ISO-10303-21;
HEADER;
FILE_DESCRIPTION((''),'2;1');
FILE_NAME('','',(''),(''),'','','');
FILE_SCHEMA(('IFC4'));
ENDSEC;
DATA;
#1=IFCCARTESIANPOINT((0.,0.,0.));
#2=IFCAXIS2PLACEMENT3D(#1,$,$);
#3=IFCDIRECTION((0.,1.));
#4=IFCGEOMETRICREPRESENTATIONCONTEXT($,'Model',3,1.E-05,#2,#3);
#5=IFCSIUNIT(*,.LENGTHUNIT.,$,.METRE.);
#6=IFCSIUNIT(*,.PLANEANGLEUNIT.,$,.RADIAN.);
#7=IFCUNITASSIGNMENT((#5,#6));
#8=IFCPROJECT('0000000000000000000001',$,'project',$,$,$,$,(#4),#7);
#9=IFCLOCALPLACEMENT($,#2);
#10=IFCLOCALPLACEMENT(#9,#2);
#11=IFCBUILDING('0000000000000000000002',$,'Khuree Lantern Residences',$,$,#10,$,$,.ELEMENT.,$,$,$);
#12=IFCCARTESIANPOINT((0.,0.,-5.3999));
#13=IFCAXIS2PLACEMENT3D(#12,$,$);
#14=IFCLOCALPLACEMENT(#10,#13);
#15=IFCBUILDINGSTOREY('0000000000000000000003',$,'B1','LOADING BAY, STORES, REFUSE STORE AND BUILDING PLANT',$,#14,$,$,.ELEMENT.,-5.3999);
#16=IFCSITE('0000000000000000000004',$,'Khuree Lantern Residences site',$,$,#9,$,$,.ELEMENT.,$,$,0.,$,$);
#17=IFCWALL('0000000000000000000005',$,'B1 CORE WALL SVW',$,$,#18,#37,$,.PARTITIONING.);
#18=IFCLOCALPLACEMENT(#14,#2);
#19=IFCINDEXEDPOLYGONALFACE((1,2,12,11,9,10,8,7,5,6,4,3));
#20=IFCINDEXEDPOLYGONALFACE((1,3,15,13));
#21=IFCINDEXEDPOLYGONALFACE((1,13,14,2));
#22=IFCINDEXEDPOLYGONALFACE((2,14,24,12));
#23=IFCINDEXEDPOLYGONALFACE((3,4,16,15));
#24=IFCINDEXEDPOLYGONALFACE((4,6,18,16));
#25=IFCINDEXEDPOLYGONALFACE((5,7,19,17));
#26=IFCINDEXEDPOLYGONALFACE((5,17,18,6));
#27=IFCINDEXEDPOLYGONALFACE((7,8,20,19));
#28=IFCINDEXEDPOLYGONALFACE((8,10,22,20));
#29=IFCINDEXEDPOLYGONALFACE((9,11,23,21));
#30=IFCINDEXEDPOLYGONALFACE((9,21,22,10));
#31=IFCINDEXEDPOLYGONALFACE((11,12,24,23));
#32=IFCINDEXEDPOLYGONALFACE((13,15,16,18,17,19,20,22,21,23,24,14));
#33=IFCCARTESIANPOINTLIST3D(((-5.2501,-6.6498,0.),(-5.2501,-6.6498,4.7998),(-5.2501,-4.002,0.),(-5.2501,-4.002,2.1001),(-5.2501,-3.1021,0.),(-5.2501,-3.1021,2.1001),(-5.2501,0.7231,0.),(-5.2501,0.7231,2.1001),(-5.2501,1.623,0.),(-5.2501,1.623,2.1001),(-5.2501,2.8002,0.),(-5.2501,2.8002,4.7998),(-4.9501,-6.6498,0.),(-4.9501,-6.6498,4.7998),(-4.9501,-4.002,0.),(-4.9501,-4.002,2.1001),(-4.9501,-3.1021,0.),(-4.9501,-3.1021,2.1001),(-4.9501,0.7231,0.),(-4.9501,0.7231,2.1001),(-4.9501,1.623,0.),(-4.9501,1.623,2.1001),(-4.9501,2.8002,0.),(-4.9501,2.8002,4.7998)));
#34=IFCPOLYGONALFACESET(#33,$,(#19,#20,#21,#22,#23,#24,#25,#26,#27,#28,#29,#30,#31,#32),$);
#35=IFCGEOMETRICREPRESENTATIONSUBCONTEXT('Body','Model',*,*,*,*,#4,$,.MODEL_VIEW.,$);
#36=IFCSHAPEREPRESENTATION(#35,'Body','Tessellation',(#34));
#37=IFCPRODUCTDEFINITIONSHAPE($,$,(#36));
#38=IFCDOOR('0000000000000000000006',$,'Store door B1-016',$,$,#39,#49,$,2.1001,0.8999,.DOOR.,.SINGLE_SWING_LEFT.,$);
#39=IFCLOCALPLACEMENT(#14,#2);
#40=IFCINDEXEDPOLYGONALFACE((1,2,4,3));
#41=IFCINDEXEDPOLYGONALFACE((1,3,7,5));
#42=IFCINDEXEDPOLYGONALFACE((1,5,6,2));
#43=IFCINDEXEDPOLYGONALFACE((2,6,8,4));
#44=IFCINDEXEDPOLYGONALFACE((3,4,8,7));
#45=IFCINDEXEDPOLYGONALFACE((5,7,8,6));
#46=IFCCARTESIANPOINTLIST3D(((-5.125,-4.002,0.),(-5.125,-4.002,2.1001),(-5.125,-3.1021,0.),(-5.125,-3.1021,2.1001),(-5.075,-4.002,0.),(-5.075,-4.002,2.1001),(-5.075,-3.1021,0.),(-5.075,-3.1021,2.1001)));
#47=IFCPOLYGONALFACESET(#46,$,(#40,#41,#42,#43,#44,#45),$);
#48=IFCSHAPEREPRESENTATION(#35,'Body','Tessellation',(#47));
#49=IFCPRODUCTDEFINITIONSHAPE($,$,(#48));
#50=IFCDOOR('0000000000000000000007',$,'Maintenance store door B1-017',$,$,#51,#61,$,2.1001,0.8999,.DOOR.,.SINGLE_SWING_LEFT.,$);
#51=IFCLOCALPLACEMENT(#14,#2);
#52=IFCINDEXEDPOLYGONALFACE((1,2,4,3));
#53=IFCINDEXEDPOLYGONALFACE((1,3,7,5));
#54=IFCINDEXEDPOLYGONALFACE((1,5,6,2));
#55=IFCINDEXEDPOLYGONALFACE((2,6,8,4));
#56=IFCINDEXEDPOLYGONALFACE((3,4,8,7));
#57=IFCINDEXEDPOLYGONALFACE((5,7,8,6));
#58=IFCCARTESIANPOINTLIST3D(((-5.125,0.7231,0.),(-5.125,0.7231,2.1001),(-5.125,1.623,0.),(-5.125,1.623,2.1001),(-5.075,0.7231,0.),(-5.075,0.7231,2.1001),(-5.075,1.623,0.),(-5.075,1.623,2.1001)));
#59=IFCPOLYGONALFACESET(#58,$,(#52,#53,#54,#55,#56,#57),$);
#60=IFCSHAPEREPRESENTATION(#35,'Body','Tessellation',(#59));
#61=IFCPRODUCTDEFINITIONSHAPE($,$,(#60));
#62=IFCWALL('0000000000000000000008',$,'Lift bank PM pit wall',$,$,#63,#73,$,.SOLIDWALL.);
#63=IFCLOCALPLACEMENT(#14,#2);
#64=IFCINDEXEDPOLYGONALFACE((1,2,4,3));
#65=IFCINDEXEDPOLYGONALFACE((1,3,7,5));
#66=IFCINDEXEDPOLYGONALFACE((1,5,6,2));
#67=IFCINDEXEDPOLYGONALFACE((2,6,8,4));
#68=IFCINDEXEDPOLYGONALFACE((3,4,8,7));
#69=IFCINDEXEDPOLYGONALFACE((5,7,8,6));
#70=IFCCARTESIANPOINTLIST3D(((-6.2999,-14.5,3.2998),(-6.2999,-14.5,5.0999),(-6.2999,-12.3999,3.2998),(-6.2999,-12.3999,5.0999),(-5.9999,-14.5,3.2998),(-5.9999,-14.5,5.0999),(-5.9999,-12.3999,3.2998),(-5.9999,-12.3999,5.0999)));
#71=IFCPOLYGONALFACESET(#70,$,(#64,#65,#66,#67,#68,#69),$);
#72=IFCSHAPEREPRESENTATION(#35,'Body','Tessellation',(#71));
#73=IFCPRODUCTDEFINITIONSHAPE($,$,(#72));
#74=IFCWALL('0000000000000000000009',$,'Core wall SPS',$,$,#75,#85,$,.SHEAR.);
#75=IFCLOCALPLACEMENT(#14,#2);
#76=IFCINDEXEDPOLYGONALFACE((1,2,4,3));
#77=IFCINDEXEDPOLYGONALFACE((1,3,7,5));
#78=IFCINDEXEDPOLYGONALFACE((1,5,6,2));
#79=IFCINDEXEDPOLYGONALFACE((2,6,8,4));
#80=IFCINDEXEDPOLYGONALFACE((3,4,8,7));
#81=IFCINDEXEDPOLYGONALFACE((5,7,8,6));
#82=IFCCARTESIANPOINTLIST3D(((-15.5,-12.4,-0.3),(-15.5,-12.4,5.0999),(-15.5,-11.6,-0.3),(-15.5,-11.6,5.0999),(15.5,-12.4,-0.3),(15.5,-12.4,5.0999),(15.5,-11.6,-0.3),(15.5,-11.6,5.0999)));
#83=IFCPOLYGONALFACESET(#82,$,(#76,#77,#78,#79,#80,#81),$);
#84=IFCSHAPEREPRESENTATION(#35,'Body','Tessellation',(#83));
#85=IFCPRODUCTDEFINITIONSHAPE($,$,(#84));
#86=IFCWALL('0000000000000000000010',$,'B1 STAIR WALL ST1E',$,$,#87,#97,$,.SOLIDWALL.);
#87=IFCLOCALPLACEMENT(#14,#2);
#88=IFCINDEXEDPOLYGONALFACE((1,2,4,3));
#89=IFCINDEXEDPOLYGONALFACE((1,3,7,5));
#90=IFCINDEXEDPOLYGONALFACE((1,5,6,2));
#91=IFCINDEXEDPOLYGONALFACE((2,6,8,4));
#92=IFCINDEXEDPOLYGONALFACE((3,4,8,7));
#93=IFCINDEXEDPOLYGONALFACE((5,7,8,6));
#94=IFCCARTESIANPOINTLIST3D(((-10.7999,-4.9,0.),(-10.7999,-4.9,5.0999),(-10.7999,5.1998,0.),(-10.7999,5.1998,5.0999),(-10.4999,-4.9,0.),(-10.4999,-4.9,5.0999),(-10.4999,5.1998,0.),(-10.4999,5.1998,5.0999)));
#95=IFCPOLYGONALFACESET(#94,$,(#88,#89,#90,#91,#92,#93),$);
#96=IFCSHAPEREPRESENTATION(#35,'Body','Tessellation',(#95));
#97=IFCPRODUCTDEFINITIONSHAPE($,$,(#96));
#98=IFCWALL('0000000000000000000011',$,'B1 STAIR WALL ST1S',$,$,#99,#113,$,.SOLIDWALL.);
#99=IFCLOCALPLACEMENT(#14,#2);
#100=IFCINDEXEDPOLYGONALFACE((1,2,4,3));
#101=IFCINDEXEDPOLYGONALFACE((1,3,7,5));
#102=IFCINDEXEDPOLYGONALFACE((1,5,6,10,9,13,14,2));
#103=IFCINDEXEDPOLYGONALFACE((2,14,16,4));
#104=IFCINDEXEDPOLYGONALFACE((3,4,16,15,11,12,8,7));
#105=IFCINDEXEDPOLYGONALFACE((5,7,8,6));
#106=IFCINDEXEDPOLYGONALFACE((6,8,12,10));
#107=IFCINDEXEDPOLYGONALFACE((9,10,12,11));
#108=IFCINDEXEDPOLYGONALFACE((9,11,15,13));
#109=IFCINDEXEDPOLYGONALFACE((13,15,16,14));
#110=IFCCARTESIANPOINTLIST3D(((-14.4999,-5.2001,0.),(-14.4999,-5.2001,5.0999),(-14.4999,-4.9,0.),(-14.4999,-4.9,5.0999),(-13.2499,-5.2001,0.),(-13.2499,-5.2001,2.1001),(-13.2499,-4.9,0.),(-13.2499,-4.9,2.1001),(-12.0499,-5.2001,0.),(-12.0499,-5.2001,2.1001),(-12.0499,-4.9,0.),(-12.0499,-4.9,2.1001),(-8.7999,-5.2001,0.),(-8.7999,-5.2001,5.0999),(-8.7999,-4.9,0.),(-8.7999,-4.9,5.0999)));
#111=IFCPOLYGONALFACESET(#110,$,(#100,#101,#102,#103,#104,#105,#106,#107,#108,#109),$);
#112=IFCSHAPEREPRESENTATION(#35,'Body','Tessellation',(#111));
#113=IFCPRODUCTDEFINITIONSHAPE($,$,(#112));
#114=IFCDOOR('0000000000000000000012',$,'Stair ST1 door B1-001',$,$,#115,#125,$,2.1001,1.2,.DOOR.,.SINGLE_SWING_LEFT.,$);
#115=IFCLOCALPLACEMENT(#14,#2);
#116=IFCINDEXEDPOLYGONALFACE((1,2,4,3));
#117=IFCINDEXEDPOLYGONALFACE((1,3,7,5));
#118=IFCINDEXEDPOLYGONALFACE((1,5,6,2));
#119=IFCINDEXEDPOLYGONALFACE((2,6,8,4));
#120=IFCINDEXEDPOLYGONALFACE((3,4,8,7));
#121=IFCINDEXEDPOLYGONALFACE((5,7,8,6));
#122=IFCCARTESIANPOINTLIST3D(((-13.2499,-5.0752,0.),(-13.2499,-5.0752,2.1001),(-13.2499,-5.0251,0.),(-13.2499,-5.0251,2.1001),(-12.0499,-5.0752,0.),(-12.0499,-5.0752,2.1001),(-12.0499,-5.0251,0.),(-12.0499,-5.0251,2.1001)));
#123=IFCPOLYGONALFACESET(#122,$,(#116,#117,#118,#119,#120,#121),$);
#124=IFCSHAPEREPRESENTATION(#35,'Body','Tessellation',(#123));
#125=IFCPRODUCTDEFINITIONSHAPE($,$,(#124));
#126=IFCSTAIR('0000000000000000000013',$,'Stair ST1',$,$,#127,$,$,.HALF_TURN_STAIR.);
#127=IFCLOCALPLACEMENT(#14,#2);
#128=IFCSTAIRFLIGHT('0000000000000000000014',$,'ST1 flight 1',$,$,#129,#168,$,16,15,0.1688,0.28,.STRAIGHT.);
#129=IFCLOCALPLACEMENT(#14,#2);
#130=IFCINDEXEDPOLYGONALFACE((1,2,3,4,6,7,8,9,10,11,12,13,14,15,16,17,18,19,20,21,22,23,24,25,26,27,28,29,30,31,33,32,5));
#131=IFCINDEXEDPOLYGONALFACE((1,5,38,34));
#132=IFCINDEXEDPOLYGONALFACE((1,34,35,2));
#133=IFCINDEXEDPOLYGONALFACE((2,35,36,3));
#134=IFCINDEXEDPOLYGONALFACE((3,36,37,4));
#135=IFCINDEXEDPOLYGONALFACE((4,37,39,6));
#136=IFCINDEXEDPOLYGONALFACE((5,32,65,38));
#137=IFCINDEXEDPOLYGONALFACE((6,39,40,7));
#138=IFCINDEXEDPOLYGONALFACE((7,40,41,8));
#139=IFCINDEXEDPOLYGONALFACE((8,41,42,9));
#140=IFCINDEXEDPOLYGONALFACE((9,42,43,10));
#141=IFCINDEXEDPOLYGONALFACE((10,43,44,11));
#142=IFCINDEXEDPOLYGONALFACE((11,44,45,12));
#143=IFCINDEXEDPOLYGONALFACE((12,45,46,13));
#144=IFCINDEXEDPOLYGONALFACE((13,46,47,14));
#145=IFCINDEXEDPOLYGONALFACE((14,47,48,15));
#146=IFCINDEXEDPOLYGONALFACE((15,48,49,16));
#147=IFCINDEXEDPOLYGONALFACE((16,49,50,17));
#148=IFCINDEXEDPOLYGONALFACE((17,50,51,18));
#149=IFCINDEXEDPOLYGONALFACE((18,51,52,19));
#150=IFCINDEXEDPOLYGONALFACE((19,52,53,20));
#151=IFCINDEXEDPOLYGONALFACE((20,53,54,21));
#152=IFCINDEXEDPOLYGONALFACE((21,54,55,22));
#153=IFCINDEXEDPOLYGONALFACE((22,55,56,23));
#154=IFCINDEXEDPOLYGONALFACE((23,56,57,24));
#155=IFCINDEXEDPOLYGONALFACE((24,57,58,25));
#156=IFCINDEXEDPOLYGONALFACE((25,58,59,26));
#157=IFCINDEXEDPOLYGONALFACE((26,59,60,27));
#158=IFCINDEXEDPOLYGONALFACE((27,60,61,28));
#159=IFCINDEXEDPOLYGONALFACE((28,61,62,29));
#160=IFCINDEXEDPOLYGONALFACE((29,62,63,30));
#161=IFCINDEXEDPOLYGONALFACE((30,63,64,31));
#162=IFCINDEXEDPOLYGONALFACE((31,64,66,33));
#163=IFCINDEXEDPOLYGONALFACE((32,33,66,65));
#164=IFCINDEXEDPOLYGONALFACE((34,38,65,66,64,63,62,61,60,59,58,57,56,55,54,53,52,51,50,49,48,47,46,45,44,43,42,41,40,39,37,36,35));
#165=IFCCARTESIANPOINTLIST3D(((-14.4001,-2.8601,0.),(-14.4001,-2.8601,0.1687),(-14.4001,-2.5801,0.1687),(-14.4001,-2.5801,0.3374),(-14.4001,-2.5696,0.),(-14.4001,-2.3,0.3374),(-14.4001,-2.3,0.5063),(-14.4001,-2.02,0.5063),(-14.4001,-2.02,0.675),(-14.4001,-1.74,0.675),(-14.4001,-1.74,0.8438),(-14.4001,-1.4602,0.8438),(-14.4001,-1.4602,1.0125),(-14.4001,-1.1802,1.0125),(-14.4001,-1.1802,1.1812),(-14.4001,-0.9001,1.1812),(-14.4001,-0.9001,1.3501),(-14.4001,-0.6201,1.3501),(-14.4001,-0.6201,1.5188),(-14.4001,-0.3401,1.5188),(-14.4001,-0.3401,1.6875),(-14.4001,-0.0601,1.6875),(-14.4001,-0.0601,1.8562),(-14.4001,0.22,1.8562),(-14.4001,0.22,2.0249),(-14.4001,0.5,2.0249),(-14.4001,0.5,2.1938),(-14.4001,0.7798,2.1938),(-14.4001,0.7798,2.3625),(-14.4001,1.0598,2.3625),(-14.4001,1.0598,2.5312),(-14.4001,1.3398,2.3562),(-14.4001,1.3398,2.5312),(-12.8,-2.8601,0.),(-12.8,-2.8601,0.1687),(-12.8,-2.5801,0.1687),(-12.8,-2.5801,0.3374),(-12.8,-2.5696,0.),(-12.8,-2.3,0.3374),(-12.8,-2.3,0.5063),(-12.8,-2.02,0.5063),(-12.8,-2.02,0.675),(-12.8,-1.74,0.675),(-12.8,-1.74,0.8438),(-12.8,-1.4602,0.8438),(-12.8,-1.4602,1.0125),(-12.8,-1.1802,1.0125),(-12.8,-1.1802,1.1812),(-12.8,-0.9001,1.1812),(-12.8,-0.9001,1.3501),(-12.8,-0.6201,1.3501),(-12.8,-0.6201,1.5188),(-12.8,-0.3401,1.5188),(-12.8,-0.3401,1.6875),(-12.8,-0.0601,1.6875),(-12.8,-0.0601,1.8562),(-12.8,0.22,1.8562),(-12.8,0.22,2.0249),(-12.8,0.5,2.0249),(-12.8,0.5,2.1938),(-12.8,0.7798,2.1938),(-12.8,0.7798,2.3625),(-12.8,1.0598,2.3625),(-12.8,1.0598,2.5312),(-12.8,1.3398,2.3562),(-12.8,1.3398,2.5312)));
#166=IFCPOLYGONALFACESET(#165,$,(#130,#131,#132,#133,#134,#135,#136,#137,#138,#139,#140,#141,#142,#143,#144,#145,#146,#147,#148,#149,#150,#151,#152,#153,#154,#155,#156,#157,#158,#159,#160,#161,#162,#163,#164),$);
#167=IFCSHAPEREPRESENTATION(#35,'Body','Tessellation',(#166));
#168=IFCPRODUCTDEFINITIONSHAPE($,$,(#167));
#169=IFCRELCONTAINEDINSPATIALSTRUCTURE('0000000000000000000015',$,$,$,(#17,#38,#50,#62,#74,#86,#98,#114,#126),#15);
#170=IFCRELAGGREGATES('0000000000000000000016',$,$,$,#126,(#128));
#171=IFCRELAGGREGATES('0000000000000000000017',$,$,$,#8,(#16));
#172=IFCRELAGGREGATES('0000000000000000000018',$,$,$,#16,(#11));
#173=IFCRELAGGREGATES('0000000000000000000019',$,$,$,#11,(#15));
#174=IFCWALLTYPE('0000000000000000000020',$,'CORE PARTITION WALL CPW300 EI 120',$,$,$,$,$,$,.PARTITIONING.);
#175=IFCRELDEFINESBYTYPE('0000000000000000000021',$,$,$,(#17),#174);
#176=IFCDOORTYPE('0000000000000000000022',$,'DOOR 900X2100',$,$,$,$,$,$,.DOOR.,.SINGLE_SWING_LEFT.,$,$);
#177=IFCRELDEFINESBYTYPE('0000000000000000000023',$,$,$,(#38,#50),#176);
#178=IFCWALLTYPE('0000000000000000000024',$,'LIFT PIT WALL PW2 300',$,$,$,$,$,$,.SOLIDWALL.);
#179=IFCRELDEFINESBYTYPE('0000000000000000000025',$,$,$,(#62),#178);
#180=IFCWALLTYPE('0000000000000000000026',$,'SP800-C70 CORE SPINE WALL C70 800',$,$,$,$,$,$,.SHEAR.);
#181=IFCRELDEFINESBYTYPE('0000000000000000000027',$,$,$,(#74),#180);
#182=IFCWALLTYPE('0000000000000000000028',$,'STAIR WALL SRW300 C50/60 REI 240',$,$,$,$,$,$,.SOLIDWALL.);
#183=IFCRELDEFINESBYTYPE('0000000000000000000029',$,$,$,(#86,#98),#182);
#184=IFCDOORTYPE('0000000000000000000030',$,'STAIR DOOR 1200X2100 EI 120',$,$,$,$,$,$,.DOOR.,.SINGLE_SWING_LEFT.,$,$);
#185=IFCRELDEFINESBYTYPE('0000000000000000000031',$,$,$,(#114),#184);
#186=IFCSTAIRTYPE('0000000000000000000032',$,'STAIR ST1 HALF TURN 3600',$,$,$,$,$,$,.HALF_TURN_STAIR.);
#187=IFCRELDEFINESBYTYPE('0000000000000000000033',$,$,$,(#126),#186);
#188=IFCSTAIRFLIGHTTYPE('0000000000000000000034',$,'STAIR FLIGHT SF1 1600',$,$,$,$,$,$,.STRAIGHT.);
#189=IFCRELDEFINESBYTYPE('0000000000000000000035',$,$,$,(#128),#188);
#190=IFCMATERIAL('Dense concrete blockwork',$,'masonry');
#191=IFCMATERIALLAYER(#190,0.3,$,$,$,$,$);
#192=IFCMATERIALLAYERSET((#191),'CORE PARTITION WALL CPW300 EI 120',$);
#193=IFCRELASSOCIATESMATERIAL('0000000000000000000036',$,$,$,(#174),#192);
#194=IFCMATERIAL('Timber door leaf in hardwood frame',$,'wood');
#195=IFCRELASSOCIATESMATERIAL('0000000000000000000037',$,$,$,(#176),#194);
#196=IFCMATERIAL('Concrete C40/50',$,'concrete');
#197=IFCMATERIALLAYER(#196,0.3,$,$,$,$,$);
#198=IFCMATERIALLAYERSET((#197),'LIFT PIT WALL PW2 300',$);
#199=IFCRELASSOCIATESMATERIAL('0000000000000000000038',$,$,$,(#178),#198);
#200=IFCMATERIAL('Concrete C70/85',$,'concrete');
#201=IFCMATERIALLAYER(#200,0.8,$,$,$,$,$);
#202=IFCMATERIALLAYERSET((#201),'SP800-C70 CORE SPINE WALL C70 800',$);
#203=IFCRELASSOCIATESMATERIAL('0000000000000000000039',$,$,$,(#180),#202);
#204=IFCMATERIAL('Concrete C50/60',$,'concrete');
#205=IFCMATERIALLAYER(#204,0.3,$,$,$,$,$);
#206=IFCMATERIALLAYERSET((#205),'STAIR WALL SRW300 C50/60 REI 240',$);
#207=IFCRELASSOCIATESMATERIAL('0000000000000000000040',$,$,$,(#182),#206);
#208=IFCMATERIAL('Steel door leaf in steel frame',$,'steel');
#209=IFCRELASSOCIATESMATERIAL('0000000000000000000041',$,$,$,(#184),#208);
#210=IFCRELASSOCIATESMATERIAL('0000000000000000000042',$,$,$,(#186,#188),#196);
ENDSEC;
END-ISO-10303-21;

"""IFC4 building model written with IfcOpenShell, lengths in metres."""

from ifc_helpers import new_model, si_unit, direction, frame, frame_2d, origin, place, context, subcontext, project, spatial, polyline, rectangle, outline, extrude, material, layer, layer_set, type_object, element, fill, aggregate, save


model = new_model("IFC4")

# Units and contexts
model_context = context("Model", 3, precision=1e-05, world=origin(), true_north=direction((0.0, 1.0)))
body_context = subcontext(model_context, "Body", "Model", "MODEL_VIEW")
ifc_project = project(units=[si_unit("LENGTHUNIT", "METRE"), si_unit("PLANEANGLEUNIT", "RADIAN")], contexts=[model_context])

# Site, building, storey
site_placement = place(None, origin())
site = spatial("IfcSite", under=ifc_project, at=site_placement, Name="Khuree Lantern Residences site", CompositionType="ELEMENT", RefElevation=0.0)
building_placement = place(site_placement, origin())
building = spatial("IfcBuilding", under=site, at=building_placement, Name="Khuree Lantern Residences", CompositionType="ELEMENT")
storey_placement = place(building_placement, frame((0.0, 0.0, -5.3999)))
storey = spatial("IfcBuildingStorey", under=building, at=storey_placement, Name="B1", Description="LOADING BAY, STORES, REFUSE STORE AND BUILDING PLANT", CompositionType="ELEMENT", Elevation=-5.3999)

# Shared definitions
ifc_material_1 = material(Name="Concrete C40/50", Category="concrete")

# Shared definitions
ifc_material_2 = material(Name="Dense concrete blockwork", Category="masonry")
ifc_layer_1 = layer(ifc_material_2, 0.3)
ifc_layer_set_1 = layer_set([ifc_layer_1], Name="CORE PARTITION WALL CPW300 EI 120")
wall_type_1 = type_object("IfcWallType", Name="CORE PARTITION WALL CPW300 EI 120", PredefinedType="PARTITIONING", material=ifc_layer_set_1)

# Shared definitions
ifc_material_3 = material(Name="Steel door leaf in steel frame", Category="steel")

# Wall, openings, doors
wall_1_placement = place(storey_placement, frame((-5.1001, -6.6499, 0.0), z_axis=(0.0, 0.0, 1.0), x_axis=(0.0, 1.0, 0.0)))
wall_1 = element("IfcWall", 1, at=wall_1_placement, inside=storey, type_object=wall_type_1, Name="B1 CORE WALL SVW", PredefinedType="PARTITIONING", context=body_context, shape_type="SweptSolid", body=[
    extrude(rectangle(XDim=9.45, YDim=0.3, at=frame_2d((4.7251, 0.0))), origin(), (0.0, 0.0, 1.0), 4.7998),
])
opening_1_placement = place(wall_1_placement, frame((2.6479, 0.0, 0.0)))
opening_1 = element("IfcOpeningElement", 2, at=opening_1_placement, cuts=wall_1, PredefinedType="OPENING", context=body_context, shape_type="SweptSolid", body=[
    extrude(rectangle(XDim=0.8999, YDim=2.1001, at=frame_2d((0.45, 1.05))), frame((0.0, 0.1602, 0.0), z_axis=(0.0, -1.0, 0.0), x_axis=(1.0, 0.0, 0.0)), (0.0, 0.0, 1.0), 0.3201),
])
opening_2_placement = place(wall_1_placement, frame((7.373, 0.0, 0.0)))
opening_2 = element("IfcOpeningElement", 3, at=opening_2_placement, cuts=wall_1, PredefinedType="OPENING", context=body_context, shape_type="SweptSolid", body=[
    extrude(rectangle(XDim=0.8999, YDim=2.1001, at=frame_2d((0.45, 1.05))), frame((0.0, 0.1602, 0.0), z_axis=(0.0, -1.0, 0.0), x_axis=(1.0, 0.0, 0.0)), (0.0, 0.0, 1.0), 0.3201),
])
ifc_material_4 = material(Name="Timber door leaf in hardwood frame", Category="wood")
door_type_1 = type_object("IfcDoorType", Name="DOOR 900X2100", OperationType="SINGLE_SWING_LEFT", PredefinedType="DOOR", material=ifc_material_4)
door_1_placement = place(opening_1_placement, origin())
door_1 = element("IfcDoor", 4, at=door_1_placement, inside=storey, type_object=door_type_1, Name="Store door B1-016", OperationType="SINGLE_SWING_LEFT", OverallHeight=2.1001, OverallWidth=0.8999, PredefinedType="DOOR", context=body_context, shape_type="SweptSolid", body=[
    extrude(rectangle(XDim=0.8999, YDim=2.1001, at=frame_2d((0.45, 1.05))), frame((0.0, 0.0249, 0.0), z_axis=(0.0, -1.0, 0.0), x_axis=(1.0, 0.0, 0.0)), (0.0, 0.0, 1.0), 0.05),
])
fill(opening_1, door_1)
door_2_placement = place(opening_2_placement, origin())
door_2 = element("IfcDoor", 5, at=door_2_placement, inside=storey, type_object=door_type_1, Name="Maintenance store door B1-017", OperationType="SINGLE_SWING_LEFT", OverallHeight=2.1001, OverallWidth=0.8999, PredefinedType="DOOR", context=body_context, shape_type="SweptSolid", body=[
    extrude(rectangle(XDim=0.8999, YDim=2.1001, at=frame_2d((0.45, 1.05))), frame((0.0, 0.0249, 0.0), z_axis=(0.0, -1.0, 0.0), x_axis=(1.0, 0.0, 0.0)), (0.0, 0.0, 1.0), 0.05),
])
fill(opening_2, door_2)

# Walls
ifc_layer_2 = layer(ifc_material_1, 0.3)
ifc_layer_set_2 = layer_set([ifc_layer_2], Name="LIFT PIT WALL PW2 300")
wall_type_2 = type_object("IfcWallType", Name="LIFT PIT WALL PW2 300", PredefinedType="SOLIDWALL", material=ifc_layer_set_2)
wall_2_placement = place(storey_placement, frame((-6.1499, -14.5, 3.2998), z_axis=(0.0, 0.0, 1.0), x_axis=(0.0, 1.0, 0.0)))
element("IfcWall", 6, at=wall_2_placement, inside=storey, type_object=wall_type_2, Name="Lift bank PM pit wall", PredefinedType="SOLIDWALL", context=body_context, shape_type="SweptSolid", body=[
    extrude(rectangle(XDim=2.1001, YDim=0.3, at=frame_2d((1.05, 0.0))), origin(), (0.0, 0.0, 1.0), 1.8),
])
ifc_material_5 = material(Name="Concrete C70/85", Category="concrete")
ifc_layer_3 = layer(ifc_material_5, 0.8)
ifc_layer_set_3 = layer_set([ifc_layer_3], Name="SP800-C70 CORE SPINE WALL C70 800")
wall_type_3 = type_object("IfcWallType", Name="SP800-C70 CORE SPINE WALL C70 800", PredefinedType="SHEAR", material=ifc_layer_set_3)
wall_3_placement = place(storey_placement, frame((-15.5, -12.0, -0.3), z_axis=(0.0, 0.0, 1.0), x_axis=(1.0, 0.0, 0.0)))
element("IfcWall", 7, at=wall_3_placement, inside=storey, type_object=wall_type_3, Name="Core wall SPS", PredefinedType="SHEAR", context=body_context, shape_type="SweptSolid", body=[
    extrude(rectangle(XDim=31.0, YDim=0.8, at=frame_2d((15.5, 0.0))), origin(), (0.0, 0.0, 1.0), 5.3999),
])
ifc_material_6 = material(Name="Concrete C50/60", Category="concrete")
ifc_layer_4 = layer(ifc_material_6, 0.3)
ifc_layer_set_4 = layer_set([ifc_layer_4], Name="STAIR WALL SRW300 C50/60 REI 240")
wall_type_4 = type_object("IfcWallType", Name="STAIR WALL SRW300 C50/60 REI 240", PredefinedType="SOLIDWALL", material=ifc_layer_set_4)
wall_4_placement = place(storey_placement, frame((-10.6499, -4.8999, 0.0), z_axis=(0.0, 0.0, 1.0), x_axis=(0.0, 1.0, 0.0)))
element("IfcWall", 8, at=wall_4_placement, inside=storey, type_object=wall_type_4, Name="B1 STAIR WALL ST1E", PredefinedType="SOLIDWALL", context=body_context, shape_type="SweptSolid", body=[
    extrude(rectangle(XDim=10.0999, YDim=0.3, at=frame_2d((5.0498, 0.0))), origin(), (0.0, 0.0, 1.0), 5.0999),
])

# Wall, opening, door
wall_5_placement = place(storey_placement, frame((-14.5, -5.05, 0.0), z_axis=(0.0, 0.0, 1.0), x_axis=(1.0, 0.0, 0.0)))
wall_5 = element("IfcWall", 9, at=wall_5_placement, inside=storey, type_object=wall_type_4, Name="B1 STAIR WALL ST1S", PredefinedType="SOLIDWALL", context=body_context, shape_type="SweptSolid", body=[
    extrude(rectangle(XDim=5.7, YDim=0.3, at=frame_2d((2.8501, 0.0))), origin(), (0.0, 0.0, 1.0), 5.0999),
])
opening_3_placement = place(wall_5_placement, frame((1.25, 0.0, 0.0)))
opening_3 = element("IfcOpeningElement", 10, at=opening_3_placement, cuts=wall_5, PredefinedType="OPENING", context=body_context, shape_type="SweptSolid", body=[
    extrude(rectangle(XDim=1.2, YDim=2.1001, at=frame_2d((0.6001, 1.05))), frame((0.0, 0.1602, 0.0), z_axis=(0.0, -1.0, 0.0), x_axis=(1.0, 0.0, 0.0)), (0.0, 0.0, 1.0), 0.3201),
])
door_type_2 = type_object("IfcDoorType", Name="STAIR DOOR 1200X2100 EI 120", OperationType="SINGLE_SWING_LEFT", PredefinedType="DOOR", material=ifc_material_3)
door_3_placement = place(opening_3_placement, origin())
door_3 = element("IfcDoor", 11, at=door_3_placement, inside=storey, type_object=door_type_2, Name="Stair ST1 door B1-001", OperationType="SINGLE_SWING_LEFT", OverallHeight=2.1001, OverallWidth=1.2, PredefinedType="DOOR", context=body_context, shape_type="SweptSolid", body=[
    extrude(rectangle(XDim=1.2, YDim=2.1001, at=frame_2d((0.6001, 1.05))), frame((0.0, 0.0249, 0.0), z_axis=(0.0, -1.0, 0.0), x_axis=(1.0, 0.0, 0.0)), (0.0, 0.0, 1.0), 0.05),
])
fill(opening_3, door_3)

# Stair, stair flight
stair_type = type_object("IfcStairType", Name="STAIR ST1 HALF TURN 3600", PredefinedType="HALF_TURN_STAIR", material=ifc_material_1)
stair_placement = place(storey_placement, origin())
stair = element("IfcStair", 12, at=stair_placement, inside=storey, type_object=stair_type, Name="Stair ST1", PredefinedType="HALF_TURN_STAIR")
stair_flight_type = type_object("IfcStairFlightType", Name="STAIR FLIGHT SF1 1600", PredefinedType="STRAIGHT", material=ifc_material_1)
stair_flight_placement = place(storey_placement, frame((-13.6001, -2.8601, 0.0), z_axis=(0.0, 0.0, 1.0), x_axis=(0.0, 1.0, 0.0)))
stair_flight = element("IfcStairFlight", 13, at=stair_flight_placement, type_object=stair_flight_type, Name="ST1 flight 1", NumberOfRisers=16, NumberOfTreads=15, PredefinedType="STRAIGHT", RiserHeight=0.1688, TreadLength=0.28, context=body_context, shape_type="SweptSolid", body=[
    extrude(outline(polyline([(0.0, 0.0), (0.0, 0.1687), (0.28, 0.1687), (0.28, 0.3374), (0.5601, 0.3374), (0.5601, 0.5063), (0.8401, 0.5063), (0.8401, 0.675), (1.1201, 0.675), (1.1201, 0.8438), (1.3999, 0.8438), (1.3999, 1.0125), (1.6799, 1.0125), (1.6799, 1.1812), (1.96, 1.1812), (1.96, 1.3501), (2.24, 1.3501), (2.24, 1.5188), (2.52, 1.5188), (2.52, 1.6875), (2.8, 1.6875), (2.8, 1.8562), (3.0801, 1.8562), (3.0801, 2.0249), (3.3601, 2.0249), (3.3601, 2.1938), (3.6399, 2.1938), (3.6399, 2.3625), (3.9199, 2.3625), (3.9199, 2.5312), (4.2, 2.5312), (4.2, 2.7), (4.2, 2.3562), (0.2905, 0.0), (0.0, 0.0)])), frame((0.0, 0.8, 0.0), z_axis=(0.0, -1.0, 0.0), x_axis=(1.0, 0.0, 0.0)), (0.0, 0.0, 1.0), 1.6001),
])
aggregate(stair, [stair_flight])

save(model, "model.ifc")
